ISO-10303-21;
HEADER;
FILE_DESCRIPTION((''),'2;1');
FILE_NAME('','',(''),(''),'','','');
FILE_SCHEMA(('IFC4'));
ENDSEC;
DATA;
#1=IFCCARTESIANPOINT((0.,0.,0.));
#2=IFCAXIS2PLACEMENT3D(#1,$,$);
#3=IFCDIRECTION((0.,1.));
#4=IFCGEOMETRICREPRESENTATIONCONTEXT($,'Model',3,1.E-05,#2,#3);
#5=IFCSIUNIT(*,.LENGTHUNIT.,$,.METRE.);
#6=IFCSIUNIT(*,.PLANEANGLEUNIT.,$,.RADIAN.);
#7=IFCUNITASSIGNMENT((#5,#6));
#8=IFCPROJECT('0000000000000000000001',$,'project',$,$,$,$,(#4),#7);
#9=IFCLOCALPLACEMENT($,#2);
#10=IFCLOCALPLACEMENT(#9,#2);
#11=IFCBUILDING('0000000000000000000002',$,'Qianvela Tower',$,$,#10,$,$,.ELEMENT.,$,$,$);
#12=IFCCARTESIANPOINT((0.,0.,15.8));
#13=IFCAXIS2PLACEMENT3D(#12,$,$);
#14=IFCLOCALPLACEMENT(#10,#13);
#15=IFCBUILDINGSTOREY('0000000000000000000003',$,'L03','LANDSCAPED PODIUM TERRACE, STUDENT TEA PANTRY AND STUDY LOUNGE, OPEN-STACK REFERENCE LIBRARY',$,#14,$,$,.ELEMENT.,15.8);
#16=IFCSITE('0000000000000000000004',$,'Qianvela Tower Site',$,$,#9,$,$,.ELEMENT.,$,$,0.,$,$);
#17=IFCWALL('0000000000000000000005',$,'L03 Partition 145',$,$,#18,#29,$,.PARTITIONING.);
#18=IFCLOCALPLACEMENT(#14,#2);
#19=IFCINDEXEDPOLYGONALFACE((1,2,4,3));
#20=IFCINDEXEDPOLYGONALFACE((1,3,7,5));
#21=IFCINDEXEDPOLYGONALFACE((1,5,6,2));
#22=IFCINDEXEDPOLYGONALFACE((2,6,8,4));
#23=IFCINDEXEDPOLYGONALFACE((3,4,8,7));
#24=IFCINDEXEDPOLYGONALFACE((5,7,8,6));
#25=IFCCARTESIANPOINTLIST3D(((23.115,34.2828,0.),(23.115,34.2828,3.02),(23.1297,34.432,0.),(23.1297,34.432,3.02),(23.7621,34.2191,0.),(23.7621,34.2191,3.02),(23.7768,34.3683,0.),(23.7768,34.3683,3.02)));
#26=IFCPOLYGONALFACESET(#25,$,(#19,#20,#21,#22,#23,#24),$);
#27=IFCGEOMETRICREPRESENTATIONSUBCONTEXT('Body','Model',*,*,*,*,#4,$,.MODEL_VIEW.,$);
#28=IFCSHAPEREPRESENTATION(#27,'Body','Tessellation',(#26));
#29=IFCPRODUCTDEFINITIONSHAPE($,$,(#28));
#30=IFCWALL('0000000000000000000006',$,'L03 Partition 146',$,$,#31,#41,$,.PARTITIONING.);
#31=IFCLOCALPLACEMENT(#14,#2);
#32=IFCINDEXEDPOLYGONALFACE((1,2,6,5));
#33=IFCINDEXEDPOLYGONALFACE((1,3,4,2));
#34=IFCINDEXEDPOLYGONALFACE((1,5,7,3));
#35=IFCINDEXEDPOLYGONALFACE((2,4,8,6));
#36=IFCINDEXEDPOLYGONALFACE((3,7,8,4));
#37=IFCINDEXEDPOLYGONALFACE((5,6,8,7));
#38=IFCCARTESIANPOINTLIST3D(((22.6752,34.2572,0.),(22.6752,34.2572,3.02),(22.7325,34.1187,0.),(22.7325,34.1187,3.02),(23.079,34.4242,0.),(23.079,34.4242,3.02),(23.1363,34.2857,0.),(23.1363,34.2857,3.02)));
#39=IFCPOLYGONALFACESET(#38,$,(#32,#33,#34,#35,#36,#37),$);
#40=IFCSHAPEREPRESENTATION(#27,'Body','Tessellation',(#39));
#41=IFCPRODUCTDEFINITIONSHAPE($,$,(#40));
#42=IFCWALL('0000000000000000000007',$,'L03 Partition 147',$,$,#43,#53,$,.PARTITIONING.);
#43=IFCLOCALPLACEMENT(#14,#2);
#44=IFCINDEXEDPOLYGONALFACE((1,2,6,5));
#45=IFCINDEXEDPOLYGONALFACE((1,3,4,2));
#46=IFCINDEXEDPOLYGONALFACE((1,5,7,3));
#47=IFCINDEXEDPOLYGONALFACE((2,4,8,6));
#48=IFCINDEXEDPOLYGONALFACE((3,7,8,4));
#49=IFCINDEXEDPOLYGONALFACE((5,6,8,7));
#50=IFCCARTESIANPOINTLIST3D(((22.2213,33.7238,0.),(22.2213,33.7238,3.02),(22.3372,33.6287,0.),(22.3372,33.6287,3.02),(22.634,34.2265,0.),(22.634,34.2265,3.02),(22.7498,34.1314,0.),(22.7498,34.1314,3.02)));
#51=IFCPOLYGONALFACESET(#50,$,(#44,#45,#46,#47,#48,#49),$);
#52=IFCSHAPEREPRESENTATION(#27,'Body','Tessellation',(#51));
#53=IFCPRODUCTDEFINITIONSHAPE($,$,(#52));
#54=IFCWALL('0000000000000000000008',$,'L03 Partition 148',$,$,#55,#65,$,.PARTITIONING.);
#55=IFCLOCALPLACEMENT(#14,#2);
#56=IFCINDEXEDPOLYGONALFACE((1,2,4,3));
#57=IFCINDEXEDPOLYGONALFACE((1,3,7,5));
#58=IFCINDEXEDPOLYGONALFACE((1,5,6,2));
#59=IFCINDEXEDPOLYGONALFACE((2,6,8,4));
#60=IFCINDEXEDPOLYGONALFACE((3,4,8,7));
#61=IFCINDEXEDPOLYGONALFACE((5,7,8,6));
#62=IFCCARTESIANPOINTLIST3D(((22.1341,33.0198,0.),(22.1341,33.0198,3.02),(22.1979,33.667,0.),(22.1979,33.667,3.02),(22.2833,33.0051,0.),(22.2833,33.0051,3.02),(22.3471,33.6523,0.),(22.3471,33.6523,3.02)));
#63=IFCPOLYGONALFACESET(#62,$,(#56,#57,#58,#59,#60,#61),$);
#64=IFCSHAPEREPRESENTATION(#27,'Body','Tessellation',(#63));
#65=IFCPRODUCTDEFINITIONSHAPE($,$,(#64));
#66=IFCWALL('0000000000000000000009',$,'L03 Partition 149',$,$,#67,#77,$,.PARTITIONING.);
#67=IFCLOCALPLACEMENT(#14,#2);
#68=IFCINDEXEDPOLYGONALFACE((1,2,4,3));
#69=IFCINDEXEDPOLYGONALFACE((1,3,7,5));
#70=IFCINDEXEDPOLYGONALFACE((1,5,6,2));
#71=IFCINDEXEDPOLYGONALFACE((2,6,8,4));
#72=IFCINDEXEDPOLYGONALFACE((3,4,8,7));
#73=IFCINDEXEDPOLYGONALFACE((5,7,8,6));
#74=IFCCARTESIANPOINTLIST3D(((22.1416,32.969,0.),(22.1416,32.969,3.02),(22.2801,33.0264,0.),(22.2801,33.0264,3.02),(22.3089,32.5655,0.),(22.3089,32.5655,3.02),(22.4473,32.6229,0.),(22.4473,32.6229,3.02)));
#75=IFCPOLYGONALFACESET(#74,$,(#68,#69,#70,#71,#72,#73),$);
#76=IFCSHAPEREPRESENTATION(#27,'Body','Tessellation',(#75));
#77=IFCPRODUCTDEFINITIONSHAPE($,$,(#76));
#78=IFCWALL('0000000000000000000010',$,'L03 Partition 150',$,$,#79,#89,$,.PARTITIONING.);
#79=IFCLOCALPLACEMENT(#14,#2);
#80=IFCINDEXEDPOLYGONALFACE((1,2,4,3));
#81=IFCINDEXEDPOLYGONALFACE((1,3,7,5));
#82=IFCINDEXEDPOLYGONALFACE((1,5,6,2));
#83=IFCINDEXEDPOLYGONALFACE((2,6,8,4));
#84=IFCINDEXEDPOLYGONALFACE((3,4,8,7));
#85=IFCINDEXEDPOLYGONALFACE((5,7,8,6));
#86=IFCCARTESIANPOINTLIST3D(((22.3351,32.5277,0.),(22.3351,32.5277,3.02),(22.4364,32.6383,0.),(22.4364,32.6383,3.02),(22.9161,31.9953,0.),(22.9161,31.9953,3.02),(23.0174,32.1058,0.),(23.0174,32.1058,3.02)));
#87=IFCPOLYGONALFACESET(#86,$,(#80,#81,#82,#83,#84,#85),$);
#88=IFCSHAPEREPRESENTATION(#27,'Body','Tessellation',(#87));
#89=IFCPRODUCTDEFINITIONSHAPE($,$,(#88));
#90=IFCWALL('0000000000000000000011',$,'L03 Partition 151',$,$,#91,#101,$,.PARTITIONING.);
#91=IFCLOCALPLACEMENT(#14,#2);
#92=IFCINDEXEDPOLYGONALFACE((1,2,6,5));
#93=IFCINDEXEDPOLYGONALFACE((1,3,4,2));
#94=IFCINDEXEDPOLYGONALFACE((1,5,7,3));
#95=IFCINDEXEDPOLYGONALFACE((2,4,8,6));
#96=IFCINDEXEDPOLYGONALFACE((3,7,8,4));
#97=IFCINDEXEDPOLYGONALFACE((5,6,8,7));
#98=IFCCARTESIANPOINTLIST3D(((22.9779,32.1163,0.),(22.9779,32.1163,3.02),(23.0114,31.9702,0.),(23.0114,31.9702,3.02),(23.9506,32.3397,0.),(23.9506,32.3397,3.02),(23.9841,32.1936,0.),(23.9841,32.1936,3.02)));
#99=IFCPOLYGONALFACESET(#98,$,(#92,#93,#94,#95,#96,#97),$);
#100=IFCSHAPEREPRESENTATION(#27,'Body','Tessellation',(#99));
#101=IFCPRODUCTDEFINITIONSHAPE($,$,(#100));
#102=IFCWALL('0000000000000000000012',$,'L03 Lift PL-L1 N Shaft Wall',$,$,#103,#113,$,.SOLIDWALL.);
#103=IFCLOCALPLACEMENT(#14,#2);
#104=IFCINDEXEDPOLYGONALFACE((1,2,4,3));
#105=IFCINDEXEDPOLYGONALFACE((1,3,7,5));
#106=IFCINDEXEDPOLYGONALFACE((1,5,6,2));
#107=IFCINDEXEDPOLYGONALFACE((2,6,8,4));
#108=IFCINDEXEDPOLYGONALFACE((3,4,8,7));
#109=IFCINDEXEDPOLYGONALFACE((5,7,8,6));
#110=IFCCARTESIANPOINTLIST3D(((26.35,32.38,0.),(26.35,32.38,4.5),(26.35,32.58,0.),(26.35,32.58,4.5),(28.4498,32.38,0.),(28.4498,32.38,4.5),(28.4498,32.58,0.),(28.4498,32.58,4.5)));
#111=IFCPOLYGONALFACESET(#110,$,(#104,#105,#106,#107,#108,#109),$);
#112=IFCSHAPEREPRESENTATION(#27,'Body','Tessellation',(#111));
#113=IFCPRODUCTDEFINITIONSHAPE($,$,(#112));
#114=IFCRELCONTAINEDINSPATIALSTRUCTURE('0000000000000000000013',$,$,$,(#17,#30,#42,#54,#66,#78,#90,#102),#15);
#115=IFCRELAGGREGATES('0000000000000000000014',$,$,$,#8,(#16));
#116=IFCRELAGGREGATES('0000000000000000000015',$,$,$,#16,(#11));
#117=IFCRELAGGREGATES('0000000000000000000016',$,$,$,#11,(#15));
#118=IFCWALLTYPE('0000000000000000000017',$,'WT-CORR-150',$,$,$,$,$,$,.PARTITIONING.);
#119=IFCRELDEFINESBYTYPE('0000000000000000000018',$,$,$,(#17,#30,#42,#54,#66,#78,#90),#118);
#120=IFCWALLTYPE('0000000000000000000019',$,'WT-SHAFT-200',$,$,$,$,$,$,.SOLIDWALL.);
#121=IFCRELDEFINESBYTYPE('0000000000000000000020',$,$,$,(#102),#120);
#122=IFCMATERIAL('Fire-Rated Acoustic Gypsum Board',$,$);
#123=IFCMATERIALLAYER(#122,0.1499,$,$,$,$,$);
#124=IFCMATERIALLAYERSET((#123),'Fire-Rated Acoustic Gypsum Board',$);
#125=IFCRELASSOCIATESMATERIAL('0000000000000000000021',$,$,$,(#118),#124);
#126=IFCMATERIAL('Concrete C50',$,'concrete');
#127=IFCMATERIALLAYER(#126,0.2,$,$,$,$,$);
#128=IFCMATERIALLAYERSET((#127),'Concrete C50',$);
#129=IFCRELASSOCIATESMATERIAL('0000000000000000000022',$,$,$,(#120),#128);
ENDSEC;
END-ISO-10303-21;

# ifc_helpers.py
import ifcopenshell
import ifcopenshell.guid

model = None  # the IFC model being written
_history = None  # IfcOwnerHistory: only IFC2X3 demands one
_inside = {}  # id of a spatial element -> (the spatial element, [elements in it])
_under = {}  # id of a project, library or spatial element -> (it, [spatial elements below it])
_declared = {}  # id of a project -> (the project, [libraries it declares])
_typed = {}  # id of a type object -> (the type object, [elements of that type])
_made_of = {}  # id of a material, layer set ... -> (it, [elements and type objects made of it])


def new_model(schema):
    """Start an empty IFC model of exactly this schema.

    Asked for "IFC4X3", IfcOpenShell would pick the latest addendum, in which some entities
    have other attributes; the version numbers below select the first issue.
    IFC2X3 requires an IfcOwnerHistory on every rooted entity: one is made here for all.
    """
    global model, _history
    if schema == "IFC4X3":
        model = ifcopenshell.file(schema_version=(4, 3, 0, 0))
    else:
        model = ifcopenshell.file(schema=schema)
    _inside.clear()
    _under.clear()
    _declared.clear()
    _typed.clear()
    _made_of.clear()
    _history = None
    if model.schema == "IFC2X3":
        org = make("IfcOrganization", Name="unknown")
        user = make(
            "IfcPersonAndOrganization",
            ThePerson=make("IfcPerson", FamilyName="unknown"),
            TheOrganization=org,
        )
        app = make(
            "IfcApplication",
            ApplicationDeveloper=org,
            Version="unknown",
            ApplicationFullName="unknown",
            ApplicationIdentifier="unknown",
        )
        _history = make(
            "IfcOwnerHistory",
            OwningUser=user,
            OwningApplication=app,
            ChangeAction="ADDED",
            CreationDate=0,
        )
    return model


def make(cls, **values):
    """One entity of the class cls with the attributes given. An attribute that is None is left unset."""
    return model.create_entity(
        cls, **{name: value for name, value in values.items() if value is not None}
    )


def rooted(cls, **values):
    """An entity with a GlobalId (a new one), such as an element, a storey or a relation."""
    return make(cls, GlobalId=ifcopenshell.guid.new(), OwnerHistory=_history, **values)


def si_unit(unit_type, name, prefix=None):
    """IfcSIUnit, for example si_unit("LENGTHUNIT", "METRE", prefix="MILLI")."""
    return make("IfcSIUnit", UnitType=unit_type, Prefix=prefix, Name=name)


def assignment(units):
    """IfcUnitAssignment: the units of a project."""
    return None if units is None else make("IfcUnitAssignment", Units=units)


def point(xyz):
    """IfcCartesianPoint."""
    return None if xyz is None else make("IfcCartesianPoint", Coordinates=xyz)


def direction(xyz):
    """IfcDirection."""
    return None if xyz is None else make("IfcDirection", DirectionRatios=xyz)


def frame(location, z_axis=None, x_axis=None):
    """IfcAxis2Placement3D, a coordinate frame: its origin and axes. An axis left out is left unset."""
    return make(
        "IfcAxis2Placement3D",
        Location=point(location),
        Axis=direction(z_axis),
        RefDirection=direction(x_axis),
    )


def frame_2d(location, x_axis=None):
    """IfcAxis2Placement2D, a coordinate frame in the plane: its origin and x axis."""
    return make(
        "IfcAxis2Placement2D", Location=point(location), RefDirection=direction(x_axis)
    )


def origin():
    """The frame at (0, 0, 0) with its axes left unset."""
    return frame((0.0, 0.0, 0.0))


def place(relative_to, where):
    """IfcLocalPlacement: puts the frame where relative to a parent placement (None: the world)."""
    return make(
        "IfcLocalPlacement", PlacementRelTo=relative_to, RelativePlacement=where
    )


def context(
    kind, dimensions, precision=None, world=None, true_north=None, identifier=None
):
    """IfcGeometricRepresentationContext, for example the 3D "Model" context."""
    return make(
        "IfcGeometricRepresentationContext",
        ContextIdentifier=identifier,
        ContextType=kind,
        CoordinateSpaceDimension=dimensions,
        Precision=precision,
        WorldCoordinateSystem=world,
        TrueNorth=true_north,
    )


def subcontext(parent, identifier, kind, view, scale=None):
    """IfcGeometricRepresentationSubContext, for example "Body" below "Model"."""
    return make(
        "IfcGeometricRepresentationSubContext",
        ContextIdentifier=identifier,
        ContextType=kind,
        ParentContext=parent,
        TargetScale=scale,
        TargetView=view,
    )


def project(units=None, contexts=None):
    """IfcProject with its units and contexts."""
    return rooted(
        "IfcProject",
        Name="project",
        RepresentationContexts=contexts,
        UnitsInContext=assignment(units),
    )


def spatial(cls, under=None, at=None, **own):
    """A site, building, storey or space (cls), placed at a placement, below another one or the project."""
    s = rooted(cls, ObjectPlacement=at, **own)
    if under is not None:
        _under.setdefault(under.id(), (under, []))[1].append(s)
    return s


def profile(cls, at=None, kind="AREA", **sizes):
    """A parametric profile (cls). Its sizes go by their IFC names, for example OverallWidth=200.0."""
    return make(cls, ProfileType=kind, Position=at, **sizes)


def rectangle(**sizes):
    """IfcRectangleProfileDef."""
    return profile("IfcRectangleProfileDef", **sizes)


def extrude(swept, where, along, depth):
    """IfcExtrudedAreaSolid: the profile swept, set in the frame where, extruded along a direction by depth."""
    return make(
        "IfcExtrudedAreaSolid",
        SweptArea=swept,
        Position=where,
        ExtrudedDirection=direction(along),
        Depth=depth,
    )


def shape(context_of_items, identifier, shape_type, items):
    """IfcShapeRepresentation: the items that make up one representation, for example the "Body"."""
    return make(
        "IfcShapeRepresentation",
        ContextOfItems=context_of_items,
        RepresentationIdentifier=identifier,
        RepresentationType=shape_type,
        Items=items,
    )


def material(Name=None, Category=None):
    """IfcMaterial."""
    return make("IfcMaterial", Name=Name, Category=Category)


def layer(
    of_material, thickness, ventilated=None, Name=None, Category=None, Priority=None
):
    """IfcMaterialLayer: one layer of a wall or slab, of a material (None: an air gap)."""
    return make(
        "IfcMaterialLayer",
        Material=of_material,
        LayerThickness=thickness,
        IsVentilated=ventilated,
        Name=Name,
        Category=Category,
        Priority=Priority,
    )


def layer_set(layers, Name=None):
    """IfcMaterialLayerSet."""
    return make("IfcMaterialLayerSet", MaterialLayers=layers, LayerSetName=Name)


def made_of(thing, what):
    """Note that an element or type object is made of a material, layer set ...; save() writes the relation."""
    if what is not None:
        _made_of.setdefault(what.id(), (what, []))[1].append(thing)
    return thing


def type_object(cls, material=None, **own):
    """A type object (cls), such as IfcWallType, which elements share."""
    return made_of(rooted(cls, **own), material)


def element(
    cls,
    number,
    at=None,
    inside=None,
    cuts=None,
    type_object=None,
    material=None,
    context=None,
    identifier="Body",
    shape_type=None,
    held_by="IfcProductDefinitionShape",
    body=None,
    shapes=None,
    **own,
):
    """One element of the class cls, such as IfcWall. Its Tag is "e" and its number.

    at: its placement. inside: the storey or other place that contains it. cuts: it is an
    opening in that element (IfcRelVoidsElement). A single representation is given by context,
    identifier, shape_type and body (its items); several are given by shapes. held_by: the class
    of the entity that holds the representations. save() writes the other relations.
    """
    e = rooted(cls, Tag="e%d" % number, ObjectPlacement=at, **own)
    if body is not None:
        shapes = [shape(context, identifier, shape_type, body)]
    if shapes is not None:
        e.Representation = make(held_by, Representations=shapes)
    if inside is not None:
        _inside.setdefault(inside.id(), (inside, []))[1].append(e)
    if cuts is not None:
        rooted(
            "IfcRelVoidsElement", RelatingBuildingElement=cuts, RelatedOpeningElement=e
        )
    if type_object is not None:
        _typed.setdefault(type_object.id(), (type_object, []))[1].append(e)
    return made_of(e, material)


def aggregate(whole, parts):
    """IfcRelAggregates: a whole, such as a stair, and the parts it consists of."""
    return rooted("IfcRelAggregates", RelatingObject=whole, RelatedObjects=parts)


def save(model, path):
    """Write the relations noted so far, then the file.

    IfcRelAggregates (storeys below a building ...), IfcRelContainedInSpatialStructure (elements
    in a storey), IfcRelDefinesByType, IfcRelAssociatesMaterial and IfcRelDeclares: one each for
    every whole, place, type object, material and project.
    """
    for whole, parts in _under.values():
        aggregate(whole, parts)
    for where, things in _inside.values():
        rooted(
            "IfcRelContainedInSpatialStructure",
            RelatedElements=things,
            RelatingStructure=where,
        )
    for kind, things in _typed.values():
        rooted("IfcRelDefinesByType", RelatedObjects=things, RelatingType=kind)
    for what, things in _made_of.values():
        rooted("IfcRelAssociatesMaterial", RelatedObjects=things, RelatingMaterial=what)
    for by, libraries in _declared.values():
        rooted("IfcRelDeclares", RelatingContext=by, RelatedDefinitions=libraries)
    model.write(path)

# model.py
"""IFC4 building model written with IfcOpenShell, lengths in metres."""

from ifc_helpers import new_model, si_unit, direction, frame, frame_2d, origin, place, context, subcontext, project, spatial, rectangle, extrude, material, layer, layer_set, type_object, element, save


model = new_model("IFC4")

# Units and contexts
model_context = context("Model", 3, precision=1e-05, world=origin(), true_north=direction((0.0, 1.0)))
body_context = subcontext(model_context, "Body", "Model", "MODEL_VIEW")
ifc_project = project(units=[si_unit("LENGTHUNIT", "METRE"), si_unit("PLANEANGLEUNIT", "RADIAN")], contexts=[model_context])

# Site, building, storey
site_placement = place(None, origin())
site = spatial("IfcSite", under=ifc_project, at=site_placement, Name="Qianvela Tower Site", CompositionType="ELEMENT", RefElevation=0.0)
building_placement = place(site_placement, origin())
building = spatial("IfcBuilding", under=site, at=building_placement, Name="Qianvela Tower", CompositionType="ELEMENT")
storey_placement = place(building_placement, frame((0.0, 0.0, 15.8)))
storey = spatial("IfcBuildingStorey", under=building, at=storey_placement, Name="L03", Description="LANDSCAPED PODIUM TERRACE, STUDENT TEA PANTRY AND STUDY LOUNGE, OPEN-STACK REFERENCE LIBRARY", CompositionType="ELEMENT", Elevation=15.8)

# Shared definitions
ifc_material_1 = material(Name="Fire-Rated Acoustic Gypsum Board")
ifc_layer_1 = layer(ifc_material_1, 0.1499)
ifc_layer_set_1 = layer_set([ifc_layer_1], Name="Fire-Rated Acoustic Gypsum Board")
wall_type_1 = type_object("IfcWallType", Name="WT-CORR-150", PredefinedType="PARTITIONING", material=ifc_layer_set_1)

# Walls
wall_1_placement = place(storey_placement, frame((23.7695, 34.2937, 0.0), z_axis=(0.0, 0.0, 1.0), x_axis=(-0.995185, 0.098016, 0.0)))
element("IfcWall", 1, at=wall_1_placement, inside=storey, type_object=wall_type_1, Name="L03 Partition 145", PredefinedType="PARTITIONING", context=body_context, shape_type="SweptSolid", body=[
    extrude(rectangle(XDim=0.6501, YDim=0.1499, at=frame_2d((0.3252, 0.0))), origin(), (0.0, 0.0, 1.0), 3.02),
])
wall_2_placement = place(storey_placement, frame((23.1077, 34.355, 0.0), z_axis=(0.0, 0.0, 1.0), x_axis=(-0.924098, -0.382154, 0.0)))
element("IfcWall", 2, at=wall_2_placement, inside=storey, type_object=wall_type_1, Name="L03 Partition 146", PredefinedType="PARTITIONING", context=body_context, shape_type="SweptSolid", body=[
    extrude(rectangle(XDim=0.437, YDim=0.1499, at=frame_2d((0.2185, 0.0))), origin(), (0.0, 0.0, 1.0), 3.02),
])
for number, where, z_axis, x_axis, name in (
    (3, (22.6919, 34.179, 0.0), (0.0, 0.0, 1.0), (-0.634443, -0.77297, 0.0), "L03 Partition 147"),
    (4, (22.2725, 33.6597, 0.0), (0.0, 0.0, 1.0), (-0.09798, -0.995188, 0.0), "L03 Partition 148"),
):
    element("IfcWall", number, at=place(storey_placement, frame(where, z_axis=z_axis, x_axis=x_axis)), inside=storey, type_object=wall_type_1, Name=name, PredefinedType="PARTITIONING", context=body_context, shape_type="SweptSolid", body=[
        extrude(rectangle(XDim=0.6504, YDim=0.1499, at=frame_2d((0.3252, 0.0))), origin(), (0.0, 0.0, 1.0), 3.02),
    ])
wall_3_placement = place(storey_placement, frame((22.2109, 32.9976, 0.0), z_axis=(0.0, 0.0, 1.0), x_axis=(0.382829, -0.923819, 0.0)))
element("IfcWall", 5, at=wall_3_placement, inside=storey, type_object=wall_type_1, Name="L03 Partition 149", PredefinedType="PARTITIONING", context=body_context, shape_type="SweptSolid", body=[
    extrude(rectangle(XDim=0.4368, YDim=0.1499, at=frame_2d((0.2183, 0.0))), origin(), (0.0, 0.0, 1.0), 3.02),
])
wall_4_placement = place(storey_placement, frame((22.3857, 32.583, 0.0), z_axis=(0.0, 0.0, 1.0), x_axis=(0.737257, -0.675612, 0.0)))
element("IfcWall", 6, at=wall_4_placement, inside=storey, type_object=wall_type_1, Name="L03 Partition 150", PredefinedType="PARTITIONING", context=body_context, shape_type="SweptSolid", body=[
    extrude(rectangle(XDim=0.7881, YDim=0.1499, at=frame_2d((0.394, 0.0))), origin(), (0.0, 0.0, 1.0), 3.02),
])
wall_5_placement = place(storey_placement, frame((22.9946, 32.0432, 0.0), z_axis=(0.0, 0.0, 1.0), x_axis=(0.974626, 0.223841, 0.0)))
element("IfcWall", 7, at=wall_5_placement, inside=storey, type_object=wall_type_1, Name="L03 Partition 151", PredefinedType="PARTITIONING", context=body_context, shape_type="SweptSolid", body=[
    extrude(rectangle(XDim=0.998, YDim=0.1499, at=frame_2d((0.499, 0.0))), origin(), (0.0, 0.0, 1.0), 3.02),
])
ifc_material_2 = material(Name="Concrete C50", Category="concrete")
ifc_layer_2 = layer(ifc_material_2, 0.2)
ifc_layer_set_2 = layer_set([ifc_layer_2], Name="Concrete C50")
wall_type_2 = type_object("IfcWallType", Name="WT-SHAFT-200", PredefinedType="SOLIDWALL", material=ifc_layer_set_2)
wall_6_placement = place(storey_placement, frame((26.3501, 32.48, 0.0), z_axis=(0.0, 0.0, 1.0), x_axis=(1.0, 0.0, 0.0)))
element("IfcWall", 8, at=wall_6_placement, inside=storey, type_object=wall_type_2, Name="L03 Lift PL-L1 N Shaft Wall", PredefinedType="SOLIDWALL", context=body_context, shape_type="SweptSolid", body=[
    extrude(rectangle(XDim=2.0999, YDim=0.2, at=frame_2d((1.0498, 0.0))), origin(), (0.0, 0.0, 1.0), 4.5),
])

save(model, "model.ifc")
